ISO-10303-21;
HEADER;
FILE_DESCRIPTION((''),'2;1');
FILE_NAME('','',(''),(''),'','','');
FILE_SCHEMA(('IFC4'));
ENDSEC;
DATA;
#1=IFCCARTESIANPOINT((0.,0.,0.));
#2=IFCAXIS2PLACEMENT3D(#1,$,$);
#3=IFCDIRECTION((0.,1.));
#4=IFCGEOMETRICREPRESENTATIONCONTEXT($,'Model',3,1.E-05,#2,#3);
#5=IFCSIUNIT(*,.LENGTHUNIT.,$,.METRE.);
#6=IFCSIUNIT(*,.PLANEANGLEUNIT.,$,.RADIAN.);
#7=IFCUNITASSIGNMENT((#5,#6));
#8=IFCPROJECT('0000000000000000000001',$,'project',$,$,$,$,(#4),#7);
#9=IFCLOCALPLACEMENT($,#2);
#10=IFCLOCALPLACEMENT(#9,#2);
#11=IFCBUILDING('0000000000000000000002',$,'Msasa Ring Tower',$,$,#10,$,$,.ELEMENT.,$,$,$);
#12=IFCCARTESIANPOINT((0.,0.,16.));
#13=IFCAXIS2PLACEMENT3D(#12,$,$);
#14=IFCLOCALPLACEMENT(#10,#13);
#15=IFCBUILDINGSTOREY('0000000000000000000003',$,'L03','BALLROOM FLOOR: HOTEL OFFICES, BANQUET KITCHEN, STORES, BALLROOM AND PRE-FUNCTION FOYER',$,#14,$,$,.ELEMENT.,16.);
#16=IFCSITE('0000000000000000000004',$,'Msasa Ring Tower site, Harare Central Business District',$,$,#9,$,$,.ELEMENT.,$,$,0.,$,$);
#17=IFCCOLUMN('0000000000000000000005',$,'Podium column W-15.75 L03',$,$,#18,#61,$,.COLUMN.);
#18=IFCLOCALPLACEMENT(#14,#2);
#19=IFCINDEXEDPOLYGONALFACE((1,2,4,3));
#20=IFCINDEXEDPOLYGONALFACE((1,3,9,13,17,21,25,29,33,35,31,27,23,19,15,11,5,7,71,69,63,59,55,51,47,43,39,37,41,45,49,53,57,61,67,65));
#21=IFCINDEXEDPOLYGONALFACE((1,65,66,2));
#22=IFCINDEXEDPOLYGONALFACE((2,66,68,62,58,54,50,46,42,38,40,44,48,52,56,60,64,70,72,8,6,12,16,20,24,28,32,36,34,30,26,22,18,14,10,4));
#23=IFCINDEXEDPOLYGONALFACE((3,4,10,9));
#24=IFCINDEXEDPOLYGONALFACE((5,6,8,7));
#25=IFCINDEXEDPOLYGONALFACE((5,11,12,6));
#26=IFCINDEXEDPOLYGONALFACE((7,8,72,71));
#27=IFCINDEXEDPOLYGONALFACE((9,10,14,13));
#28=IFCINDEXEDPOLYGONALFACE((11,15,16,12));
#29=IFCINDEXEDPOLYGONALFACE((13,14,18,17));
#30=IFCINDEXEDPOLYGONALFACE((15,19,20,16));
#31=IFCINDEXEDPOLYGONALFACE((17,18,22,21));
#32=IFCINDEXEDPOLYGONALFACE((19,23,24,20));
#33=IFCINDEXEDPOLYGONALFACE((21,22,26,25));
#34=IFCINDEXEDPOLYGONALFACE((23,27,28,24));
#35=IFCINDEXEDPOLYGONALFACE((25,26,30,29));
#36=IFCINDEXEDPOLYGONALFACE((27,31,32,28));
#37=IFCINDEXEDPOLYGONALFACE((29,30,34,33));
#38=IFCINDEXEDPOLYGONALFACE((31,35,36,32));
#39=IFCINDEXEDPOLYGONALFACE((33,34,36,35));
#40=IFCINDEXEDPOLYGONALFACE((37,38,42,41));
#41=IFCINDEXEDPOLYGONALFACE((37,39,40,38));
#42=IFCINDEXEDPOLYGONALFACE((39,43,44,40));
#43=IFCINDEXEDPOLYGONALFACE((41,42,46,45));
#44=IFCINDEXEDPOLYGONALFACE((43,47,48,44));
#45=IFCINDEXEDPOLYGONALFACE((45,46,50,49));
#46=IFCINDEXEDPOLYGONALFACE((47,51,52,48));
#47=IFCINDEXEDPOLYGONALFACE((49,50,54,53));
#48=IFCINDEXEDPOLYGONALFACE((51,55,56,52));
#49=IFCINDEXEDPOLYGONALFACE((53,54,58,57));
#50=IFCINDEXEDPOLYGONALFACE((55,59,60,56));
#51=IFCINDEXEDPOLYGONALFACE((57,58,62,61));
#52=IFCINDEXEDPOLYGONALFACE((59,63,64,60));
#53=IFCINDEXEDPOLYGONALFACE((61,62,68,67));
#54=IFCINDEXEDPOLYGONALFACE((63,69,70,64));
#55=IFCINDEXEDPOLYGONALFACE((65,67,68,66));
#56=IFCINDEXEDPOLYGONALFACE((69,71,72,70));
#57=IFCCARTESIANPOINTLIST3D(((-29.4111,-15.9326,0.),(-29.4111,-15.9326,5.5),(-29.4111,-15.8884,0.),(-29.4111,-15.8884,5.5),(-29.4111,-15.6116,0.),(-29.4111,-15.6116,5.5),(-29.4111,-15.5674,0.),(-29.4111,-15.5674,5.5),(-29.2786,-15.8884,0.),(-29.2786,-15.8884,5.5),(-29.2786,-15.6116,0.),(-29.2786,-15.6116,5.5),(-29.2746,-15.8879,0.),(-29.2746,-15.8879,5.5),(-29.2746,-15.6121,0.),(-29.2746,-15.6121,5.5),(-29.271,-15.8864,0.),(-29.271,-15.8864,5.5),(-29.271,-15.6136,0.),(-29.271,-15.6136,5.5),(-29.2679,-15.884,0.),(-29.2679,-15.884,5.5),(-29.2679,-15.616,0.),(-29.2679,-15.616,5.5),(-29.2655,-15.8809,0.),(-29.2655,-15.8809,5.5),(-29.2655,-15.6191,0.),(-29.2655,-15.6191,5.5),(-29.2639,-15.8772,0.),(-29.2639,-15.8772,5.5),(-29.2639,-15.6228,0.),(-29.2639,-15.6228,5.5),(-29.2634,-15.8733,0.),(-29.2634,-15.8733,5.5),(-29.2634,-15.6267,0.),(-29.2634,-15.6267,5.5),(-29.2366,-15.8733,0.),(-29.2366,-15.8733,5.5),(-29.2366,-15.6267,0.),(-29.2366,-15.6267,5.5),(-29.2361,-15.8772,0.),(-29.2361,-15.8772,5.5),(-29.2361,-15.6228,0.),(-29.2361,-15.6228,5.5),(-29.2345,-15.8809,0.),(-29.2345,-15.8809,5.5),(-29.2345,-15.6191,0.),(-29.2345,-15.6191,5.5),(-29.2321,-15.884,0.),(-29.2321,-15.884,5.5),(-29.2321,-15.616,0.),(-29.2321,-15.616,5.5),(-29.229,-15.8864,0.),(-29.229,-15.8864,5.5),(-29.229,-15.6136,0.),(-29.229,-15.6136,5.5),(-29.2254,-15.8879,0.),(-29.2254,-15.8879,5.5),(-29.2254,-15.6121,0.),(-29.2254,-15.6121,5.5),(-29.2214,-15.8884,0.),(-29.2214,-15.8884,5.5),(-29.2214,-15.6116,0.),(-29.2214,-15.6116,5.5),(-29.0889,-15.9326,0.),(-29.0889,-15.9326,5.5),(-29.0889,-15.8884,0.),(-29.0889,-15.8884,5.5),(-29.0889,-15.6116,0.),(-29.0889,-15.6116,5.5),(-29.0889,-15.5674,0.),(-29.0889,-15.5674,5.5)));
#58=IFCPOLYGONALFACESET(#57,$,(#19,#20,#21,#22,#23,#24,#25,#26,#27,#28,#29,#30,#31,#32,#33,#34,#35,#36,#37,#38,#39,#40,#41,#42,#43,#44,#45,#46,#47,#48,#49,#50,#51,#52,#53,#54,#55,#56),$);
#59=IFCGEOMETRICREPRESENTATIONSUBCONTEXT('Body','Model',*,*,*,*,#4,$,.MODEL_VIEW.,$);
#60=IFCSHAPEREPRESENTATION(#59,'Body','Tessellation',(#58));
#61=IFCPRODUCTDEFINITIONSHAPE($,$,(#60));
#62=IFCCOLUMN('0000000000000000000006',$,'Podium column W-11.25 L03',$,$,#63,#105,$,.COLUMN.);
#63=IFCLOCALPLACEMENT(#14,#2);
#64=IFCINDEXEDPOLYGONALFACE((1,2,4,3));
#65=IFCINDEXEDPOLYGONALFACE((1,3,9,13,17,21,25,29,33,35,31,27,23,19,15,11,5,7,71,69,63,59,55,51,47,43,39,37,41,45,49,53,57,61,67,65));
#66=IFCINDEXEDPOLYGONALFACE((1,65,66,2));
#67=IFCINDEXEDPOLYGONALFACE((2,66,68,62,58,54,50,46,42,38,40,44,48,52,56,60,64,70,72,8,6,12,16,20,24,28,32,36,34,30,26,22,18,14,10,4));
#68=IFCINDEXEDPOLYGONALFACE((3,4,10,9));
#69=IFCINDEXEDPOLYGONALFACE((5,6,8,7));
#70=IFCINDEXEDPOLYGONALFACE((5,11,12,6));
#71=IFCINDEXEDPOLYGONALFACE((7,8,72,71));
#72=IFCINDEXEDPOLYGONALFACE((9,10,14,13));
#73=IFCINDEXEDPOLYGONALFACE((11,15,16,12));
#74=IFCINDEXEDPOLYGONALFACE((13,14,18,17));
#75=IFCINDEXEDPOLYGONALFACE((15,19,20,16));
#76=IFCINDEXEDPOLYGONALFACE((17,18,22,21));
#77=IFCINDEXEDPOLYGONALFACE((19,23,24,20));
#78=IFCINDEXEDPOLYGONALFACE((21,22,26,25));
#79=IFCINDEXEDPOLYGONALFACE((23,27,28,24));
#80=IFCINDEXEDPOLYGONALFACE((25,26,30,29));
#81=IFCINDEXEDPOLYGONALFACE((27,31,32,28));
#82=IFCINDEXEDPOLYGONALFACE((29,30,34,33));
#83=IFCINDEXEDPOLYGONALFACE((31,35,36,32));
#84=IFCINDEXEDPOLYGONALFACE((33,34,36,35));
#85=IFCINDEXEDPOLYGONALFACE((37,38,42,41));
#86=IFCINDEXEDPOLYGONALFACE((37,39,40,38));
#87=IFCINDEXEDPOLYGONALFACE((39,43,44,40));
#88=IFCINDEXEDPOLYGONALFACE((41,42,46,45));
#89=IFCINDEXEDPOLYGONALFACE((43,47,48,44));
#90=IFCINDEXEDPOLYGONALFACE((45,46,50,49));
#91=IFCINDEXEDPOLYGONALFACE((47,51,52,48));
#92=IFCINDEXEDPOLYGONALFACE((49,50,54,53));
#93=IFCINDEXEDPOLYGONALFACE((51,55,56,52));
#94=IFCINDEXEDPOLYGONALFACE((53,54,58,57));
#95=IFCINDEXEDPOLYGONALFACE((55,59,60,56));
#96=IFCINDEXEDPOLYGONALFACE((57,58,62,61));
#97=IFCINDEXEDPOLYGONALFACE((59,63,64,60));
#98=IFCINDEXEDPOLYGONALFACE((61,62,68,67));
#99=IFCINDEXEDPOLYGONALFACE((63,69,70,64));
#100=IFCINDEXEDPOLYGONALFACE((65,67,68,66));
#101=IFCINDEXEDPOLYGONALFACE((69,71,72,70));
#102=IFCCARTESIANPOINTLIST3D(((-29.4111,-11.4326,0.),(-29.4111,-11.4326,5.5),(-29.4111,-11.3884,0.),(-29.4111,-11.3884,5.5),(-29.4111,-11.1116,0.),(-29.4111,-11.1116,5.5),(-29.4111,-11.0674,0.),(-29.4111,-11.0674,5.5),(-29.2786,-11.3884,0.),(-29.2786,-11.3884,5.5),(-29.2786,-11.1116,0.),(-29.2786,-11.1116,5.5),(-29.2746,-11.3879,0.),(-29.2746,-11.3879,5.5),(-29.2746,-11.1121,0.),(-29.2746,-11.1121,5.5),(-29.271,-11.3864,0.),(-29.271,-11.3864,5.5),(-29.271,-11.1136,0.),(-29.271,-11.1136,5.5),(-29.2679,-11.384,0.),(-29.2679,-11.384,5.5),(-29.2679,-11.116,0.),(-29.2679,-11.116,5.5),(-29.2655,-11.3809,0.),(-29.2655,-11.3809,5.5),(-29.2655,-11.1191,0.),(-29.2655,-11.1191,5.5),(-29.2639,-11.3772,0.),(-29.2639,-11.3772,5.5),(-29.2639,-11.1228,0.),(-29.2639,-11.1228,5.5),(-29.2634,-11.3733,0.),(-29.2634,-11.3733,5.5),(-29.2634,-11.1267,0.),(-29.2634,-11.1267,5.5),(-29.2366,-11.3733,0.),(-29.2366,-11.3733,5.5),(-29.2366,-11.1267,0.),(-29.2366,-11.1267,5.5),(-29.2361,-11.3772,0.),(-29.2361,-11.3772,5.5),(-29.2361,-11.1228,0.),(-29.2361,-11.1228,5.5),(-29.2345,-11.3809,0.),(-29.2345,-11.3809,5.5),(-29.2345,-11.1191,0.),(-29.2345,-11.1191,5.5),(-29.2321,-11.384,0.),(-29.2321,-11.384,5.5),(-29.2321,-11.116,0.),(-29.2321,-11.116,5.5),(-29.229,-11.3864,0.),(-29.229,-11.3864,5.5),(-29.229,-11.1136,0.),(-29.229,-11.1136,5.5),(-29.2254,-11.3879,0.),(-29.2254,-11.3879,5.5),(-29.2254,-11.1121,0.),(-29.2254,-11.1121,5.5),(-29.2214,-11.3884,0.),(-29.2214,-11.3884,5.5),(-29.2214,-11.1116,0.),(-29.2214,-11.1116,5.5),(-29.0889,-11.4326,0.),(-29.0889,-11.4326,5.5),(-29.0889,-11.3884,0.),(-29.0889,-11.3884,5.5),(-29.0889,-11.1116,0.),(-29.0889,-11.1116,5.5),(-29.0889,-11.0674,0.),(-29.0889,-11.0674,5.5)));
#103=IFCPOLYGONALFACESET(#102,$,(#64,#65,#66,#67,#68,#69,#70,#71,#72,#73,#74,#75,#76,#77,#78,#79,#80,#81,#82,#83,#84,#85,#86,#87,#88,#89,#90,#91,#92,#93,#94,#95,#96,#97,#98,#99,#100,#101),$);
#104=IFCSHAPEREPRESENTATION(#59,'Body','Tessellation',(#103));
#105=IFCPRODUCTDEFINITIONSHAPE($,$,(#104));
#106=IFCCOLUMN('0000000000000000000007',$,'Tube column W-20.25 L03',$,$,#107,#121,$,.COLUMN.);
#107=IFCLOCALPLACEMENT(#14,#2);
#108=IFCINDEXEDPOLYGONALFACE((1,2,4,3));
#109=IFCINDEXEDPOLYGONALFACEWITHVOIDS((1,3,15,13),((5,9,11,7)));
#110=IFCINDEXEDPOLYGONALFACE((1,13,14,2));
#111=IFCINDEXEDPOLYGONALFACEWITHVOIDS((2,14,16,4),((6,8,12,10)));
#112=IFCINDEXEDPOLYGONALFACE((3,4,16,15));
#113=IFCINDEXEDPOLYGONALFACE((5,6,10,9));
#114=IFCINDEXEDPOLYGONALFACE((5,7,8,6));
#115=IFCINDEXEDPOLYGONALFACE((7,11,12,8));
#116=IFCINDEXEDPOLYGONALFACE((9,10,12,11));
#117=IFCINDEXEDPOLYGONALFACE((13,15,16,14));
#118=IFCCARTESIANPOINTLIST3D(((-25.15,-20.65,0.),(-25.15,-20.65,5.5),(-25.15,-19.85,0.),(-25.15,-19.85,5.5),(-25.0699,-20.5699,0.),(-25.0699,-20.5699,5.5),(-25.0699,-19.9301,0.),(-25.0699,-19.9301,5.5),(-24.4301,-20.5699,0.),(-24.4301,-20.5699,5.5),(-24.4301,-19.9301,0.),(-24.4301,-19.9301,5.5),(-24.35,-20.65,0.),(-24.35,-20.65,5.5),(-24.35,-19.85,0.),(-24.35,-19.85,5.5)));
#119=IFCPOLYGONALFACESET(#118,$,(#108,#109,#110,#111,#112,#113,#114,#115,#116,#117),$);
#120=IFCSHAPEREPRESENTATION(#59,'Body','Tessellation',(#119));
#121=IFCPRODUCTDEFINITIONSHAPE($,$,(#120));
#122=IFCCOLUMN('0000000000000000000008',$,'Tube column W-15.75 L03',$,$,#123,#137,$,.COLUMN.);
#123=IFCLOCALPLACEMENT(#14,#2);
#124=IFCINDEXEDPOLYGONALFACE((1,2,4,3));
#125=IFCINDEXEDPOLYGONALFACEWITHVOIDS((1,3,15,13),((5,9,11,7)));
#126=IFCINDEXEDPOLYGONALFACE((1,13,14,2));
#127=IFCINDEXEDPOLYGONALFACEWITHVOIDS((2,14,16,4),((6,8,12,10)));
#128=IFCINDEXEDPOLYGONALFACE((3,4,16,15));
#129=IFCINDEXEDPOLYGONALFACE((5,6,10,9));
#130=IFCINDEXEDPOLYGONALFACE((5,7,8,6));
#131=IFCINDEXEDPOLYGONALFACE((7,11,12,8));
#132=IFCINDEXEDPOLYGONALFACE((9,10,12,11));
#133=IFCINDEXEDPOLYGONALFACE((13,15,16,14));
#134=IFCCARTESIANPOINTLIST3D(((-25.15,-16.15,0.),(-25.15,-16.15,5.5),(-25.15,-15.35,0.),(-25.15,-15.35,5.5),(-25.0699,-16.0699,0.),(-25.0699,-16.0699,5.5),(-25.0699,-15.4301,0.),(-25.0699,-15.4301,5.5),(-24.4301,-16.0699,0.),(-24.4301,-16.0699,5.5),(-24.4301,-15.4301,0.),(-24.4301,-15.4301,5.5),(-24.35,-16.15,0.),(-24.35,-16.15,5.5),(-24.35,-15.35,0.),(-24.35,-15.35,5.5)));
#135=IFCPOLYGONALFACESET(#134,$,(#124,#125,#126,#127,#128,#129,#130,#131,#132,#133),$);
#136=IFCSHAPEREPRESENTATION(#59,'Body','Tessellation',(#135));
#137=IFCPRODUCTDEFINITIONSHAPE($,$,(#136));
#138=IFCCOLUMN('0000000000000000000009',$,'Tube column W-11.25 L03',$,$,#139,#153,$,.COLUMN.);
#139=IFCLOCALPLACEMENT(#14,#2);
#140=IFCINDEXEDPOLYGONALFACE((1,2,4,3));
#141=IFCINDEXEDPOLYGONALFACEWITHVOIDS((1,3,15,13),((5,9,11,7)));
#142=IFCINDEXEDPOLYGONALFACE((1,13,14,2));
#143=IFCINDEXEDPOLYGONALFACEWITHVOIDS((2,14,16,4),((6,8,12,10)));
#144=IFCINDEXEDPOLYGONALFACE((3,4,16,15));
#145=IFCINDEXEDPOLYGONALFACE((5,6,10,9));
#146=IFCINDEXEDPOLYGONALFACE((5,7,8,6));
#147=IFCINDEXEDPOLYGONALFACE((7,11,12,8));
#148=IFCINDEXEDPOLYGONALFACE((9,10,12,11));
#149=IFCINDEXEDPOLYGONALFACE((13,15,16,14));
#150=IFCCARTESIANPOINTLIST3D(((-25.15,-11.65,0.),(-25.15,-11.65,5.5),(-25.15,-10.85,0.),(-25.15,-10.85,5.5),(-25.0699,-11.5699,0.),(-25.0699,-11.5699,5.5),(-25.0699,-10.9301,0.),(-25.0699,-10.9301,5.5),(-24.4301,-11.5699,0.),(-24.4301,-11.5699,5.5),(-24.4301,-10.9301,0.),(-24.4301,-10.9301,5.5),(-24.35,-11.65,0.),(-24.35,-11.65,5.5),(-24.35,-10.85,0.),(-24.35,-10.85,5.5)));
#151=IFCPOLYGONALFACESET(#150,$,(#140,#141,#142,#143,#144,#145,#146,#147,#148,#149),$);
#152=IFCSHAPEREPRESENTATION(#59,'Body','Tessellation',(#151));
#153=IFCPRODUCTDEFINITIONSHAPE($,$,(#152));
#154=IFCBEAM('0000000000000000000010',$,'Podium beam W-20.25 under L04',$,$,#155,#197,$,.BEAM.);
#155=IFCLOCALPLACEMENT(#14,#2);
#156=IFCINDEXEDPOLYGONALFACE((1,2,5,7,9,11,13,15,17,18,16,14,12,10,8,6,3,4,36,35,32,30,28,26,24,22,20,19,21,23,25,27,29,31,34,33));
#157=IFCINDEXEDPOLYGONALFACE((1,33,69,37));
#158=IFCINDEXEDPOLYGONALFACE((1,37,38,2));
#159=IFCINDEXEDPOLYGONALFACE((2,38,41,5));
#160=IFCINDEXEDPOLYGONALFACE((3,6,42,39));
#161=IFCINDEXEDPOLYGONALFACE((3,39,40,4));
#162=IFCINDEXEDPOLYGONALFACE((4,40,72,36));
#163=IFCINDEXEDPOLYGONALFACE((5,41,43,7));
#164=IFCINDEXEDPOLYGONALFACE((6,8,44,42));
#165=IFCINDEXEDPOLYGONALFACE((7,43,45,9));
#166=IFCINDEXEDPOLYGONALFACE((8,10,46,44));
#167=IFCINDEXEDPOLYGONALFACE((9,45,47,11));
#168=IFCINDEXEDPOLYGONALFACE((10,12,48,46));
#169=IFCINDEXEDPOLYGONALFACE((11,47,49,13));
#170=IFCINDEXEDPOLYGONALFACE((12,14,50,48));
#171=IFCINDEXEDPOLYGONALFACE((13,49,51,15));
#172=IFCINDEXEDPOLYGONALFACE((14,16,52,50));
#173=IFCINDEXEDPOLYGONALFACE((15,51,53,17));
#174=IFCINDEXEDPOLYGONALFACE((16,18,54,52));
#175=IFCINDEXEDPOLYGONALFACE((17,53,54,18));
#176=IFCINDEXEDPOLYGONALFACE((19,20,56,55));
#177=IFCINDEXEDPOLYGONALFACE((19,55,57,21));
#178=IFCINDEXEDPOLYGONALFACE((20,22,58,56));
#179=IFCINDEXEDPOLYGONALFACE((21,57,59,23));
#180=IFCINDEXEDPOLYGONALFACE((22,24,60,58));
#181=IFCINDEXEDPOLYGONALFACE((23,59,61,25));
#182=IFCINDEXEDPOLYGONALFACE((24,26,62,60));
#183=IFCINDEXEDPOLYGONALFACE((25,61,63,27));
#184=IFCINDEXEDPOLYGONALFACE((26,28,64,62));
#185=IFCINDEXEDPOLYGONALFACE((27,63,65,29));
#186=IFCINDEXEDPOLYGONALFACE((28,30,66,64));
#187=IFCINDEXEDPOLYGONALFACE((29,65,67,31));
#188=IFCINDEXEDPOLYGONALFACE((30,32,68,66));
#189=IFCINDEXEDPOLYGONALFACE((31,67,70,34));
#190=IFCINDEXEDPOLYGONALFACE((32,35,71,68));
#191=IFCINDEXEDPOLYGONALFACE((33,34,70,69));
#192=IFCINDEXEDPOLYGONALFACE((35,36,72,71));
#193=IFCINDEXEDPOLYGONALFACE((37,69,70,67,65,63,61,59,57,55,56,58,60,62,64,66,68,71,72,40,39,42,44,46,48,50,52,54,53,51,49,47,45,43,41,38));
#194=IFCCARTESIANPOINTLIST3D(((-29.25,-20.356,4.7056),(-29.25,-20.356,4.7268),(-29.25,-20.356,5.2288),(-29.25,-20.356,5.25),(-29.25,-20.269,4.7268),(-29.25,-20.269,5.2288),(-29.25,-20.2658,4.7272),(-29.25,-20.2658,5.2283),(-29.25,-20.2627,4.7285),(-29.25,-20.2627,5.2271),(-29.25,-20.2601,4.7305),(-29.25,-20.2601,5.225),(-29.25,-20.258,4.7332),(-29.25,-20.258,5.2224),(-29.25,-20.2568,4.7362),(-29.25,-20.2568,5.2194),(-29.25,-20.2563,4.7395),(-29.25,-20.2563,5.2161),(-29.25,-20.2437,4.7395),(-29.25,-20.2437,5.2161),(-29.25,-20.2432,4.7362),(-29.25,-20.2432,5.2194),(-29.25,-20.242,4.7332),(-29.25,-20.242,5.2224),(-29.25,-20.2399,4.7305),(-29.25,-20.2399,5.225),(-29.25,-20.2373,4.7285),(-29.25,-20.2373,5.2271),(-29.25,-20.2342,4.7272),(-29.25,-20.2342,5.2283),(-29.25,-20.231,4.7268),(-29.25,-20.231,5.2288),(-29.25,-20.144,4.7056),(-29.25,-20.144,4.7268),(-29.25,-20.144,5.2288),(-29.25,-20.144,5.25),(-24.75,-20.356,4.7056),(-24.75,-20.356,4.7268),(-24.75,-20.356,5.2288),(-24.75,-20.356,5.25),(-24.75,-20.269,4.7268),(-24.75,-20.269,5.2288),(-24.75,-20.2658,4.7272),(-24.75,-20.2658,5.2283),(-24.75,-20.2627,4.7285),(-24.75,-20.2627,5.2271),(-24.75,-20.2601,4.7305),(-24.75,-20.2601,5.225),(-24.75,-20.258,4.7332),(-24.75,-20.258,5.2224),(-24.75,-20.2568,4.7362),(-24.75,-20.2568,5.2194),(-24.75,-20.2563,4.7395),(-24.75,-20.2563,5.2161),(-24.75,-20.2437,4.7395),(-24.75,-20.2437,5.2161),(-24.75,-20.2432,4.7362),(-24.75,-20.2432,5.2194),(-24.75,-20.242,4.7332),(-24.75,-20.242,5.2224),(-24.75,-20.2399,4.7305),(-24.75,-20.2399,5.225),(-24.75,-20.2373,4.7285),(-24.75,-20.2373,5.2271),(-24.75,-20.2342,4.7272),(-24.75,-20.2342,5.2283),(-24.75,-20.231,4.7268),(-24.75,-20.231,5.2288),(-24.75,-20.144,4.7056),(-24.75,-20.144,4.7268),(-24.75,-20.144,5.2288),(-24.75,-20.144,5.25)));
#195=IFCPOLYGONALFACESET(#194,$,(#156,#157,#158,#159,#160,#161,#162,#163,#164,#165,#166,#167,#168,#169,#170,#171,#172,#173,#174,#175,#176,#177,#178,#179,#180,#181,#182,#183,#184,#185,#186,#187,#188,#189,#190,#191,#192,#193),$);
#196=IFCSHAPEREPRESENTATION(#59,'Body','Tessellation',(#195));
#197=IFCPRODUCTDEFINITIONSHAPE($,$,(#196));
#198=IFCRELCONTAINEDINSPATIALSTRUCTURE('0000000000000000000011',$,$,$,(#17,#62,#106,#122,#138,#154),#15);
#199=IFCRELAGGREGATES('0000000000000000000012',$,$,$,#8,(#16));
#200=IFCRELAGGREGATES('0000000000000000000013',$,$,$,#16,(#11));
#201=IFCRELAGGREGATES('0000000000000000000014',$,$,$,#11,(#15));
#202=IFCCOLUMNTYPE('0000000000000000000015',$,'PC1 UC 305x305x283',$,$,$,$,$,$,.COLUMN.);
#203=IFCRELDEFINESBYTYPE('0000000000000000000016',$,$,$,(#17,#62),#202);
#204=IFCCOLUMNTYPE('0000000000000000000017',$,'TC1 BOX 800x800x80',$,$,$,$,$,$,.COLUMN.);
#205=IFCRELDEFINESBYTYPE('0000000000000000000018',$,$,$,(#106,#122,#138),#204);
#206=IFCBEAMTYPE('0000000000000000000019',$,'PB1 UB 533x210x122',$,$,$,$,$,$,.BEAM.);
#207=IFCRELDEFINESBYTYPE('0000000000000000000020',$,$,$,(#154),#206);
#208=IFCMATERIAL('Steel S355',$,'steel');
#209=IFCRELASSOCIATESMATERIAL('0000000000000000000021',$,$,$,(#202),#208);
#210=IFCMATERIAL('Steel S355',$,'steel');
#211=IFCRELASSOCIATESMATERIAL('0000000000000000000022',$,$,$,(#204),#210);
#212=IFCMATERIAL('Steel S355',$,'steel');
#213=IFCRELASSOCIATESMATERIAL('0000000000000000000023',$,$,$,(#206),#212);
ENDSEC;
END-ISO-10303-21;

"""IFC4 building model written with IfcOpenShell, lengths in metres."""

from ifc_helpers import new_model, si_unit, direction, frame, origin, origin_2d, place, context, subcontext, project, spatial, hollow_rectangle, i_section, extrude, material, material_profile, profile_set, type_object, element, save


model = new_model("IFC4")

# Units and contexts
model_context = context("Model", 3, precision=1e-05, world=origin(), true_north=direction((0.0, 1.0)))
body_context = subcontext(model_context, "Body", "Model", "MODEL_VIEW")
ifc_project = project(units=[si_unit("LENGTHUNIT", "METRE"), si_unit("PLANEANGLEUNIT", "RADIAN")], contexts=[model_context])

# Site, building, storey
site_placement = place(None, origin())
site = spatial("IfcSite", under=ifc_project, at=site_placement, Name="Msasa Ring Tower site, Harare Central Business District", CompositionType="ELEMENT", RefElevation=0.0)
building_placement = place(site_placement, origin())
building = spatial("IfcBuilding", under=site, at=building_placement, Name="Msasa Ring Tower", CompositionType="ELEMENT")
storey_placement = place(building_placement, frame((0.0, 0.0, 16.0)))
storey = spatial("IfcBuildingStorey", under=building, at=storey_placement, Name="L03", Description="BALLROOM FLOOR: HOTEL OFFICES, BANQUET KITCHEN, STORES, BALLROOM AND PRE-FUNCTION FOYER", CompositionType="ELEMENT", Elevation=16.0)

# Columns
ifc_material_1 = material(Name="Steel S355", Category="steel")
ifc_material_profile_1 = material_profile(ifc_material_1, i_section(OverallWidth=0.3223, OverallDepth=0.3652, WebThickness=0.0269, FlangeThickness=0.0442, FilletRadius=0.0151, at=origin_2d()), Name="UC 305x305x283")
ifc_profile_set_1 = profile_set([ifc_material_profile_1], Name="Steel S355")
column_type_1 = type_object("IfcColumnType", Name="PC1 UC 305x305x283", PredefinedType="COLUMN", material=ifc_profile_set_1)
for number, where, z_axis, x_axis, name in (
    (1, (-29.25, -15.75, 0.0), (0.0, 0.0, 1.0), (1.0, 0.0, 0.0), "Podium column W-15.75 L03"),
    (2, (-29.25, -11.25, 0.0), (0.0, 0.0, 1.0), (1.0, 0.0, 0.0), "Podium column W-11.25 L03"),
):
    element("IfcColumn", number, at=place(storey_placement, frame(where, z_axis=z_axis, x_axis=x_axis)), inside=storey, type_object=column_type_1, Name=name, PredefinedType="COLUMN", context=body_context, shape_type="SweptSolid", body=[
        extrude(i_section(OverallWidth=0.3223, OverallDepth=0.3652, WebThickness=0.0269, FlangeThickness=0.0442, FilletRadius=0.0151, at=origin_2d()), origin(), (0.0, 0.0, 1.0), 5.5),
    ])
ifc_material_2 = material(Name="Steel S355", Category="steel")
ifc_material_profile_2 = material_profile(ifc_material_2, hollow_rectangle(XDim=0.8, YDim=0.8, WallThickness=0.0801, at=origin_2d()), Name="BOX 800x800x80")
ifc_profile_set_2 = profile_set([ifc_material_profile_2], Name="Steel S355")
column_type_2 = type_object("IfcColumnType", Name="TC1 BOX 800x800x80", PredefinedType="COLUMN", material=ifc_profile_set_2)
for number, where, z_axis, x_axis, name in (
    (3, (-24.75, -20.25, 0.0), (0.0, 0.0, 1.0), (1.0, 0.0, 0.0), "Tube column W-20.25 L03"),
    (4, (-24.75, -15.75, 0.0), (0.0, 0.0, 1.0), (1.0, 0.0, 0.0), "Tube column W-15.75 L03"),
    (5, (-24.75, -11.25, 0.0), (0.0, 0.0, 1.0), (1.0, 0.0, 0.0), "Tube column W-11.25 L03"),
):
    element("IfcColumn", number, at=place(storey_placement, frame(where, z_axis=z_axis, x_axis=x_axis)), inside=storey, type_object=column_type_2, Name=name, PredefinedType="COLUMN", context=body_context, shape_type="SweptSolid", body=[
        extrude(hollow_rectangle(XDim=0.8, YDim=0.8, WallThickness=0.0801, at=origin_2d()), origin(), (0.0, 0.0, 1.0), 5.5),
    ])

# Beam
ifc_material_3 = material(Name="Steel S355", Category="steel")
ifc_material_profile_3 = material_profile(ifc_material_3, i_section(OverallWidth=0.2119, OverallDepth=0.5444, WebThickness=0.0127, FlangeThickness=0.0212, FilletRadius=0.0127, at=origin_2d()), Name="UB 533x210x122")
ifc_profile_set_3 = profile_set([ifc_material_profile_3], Name="Steel S355")
beam_type_1 = type_object("IfcBeamType", Name="PB1 UB 533x210x122", PredefinedType="BEAM", material=ifc_profile_set_3)
beam_1_placement = place(storey_placement, frame((-29.25, -20.25, 4.9778), z_axis=(1.0, 0.0, 0.0), x_axis=(0.0, 1.0, 0.0)))
element("IfcBeam", 6, at=beam_1_placement, inside=storey, type_object=beam_type_1, Name="Podium beam W-20.25 under L04", PredefinedType="BEAM", context=body_context, shape_type="SweptSolid", body=[
    extrude(i_section(OverallWidth=0.2119, OverallDepth=0.5444, WebThickness=0.0127, FlangeThickness=0.0212, FilletRadius=0.0127, at=origin_2d()), origin(), (0.0, 0.0, 1.0), 4.5),
])

save(model, "model.ifc")
